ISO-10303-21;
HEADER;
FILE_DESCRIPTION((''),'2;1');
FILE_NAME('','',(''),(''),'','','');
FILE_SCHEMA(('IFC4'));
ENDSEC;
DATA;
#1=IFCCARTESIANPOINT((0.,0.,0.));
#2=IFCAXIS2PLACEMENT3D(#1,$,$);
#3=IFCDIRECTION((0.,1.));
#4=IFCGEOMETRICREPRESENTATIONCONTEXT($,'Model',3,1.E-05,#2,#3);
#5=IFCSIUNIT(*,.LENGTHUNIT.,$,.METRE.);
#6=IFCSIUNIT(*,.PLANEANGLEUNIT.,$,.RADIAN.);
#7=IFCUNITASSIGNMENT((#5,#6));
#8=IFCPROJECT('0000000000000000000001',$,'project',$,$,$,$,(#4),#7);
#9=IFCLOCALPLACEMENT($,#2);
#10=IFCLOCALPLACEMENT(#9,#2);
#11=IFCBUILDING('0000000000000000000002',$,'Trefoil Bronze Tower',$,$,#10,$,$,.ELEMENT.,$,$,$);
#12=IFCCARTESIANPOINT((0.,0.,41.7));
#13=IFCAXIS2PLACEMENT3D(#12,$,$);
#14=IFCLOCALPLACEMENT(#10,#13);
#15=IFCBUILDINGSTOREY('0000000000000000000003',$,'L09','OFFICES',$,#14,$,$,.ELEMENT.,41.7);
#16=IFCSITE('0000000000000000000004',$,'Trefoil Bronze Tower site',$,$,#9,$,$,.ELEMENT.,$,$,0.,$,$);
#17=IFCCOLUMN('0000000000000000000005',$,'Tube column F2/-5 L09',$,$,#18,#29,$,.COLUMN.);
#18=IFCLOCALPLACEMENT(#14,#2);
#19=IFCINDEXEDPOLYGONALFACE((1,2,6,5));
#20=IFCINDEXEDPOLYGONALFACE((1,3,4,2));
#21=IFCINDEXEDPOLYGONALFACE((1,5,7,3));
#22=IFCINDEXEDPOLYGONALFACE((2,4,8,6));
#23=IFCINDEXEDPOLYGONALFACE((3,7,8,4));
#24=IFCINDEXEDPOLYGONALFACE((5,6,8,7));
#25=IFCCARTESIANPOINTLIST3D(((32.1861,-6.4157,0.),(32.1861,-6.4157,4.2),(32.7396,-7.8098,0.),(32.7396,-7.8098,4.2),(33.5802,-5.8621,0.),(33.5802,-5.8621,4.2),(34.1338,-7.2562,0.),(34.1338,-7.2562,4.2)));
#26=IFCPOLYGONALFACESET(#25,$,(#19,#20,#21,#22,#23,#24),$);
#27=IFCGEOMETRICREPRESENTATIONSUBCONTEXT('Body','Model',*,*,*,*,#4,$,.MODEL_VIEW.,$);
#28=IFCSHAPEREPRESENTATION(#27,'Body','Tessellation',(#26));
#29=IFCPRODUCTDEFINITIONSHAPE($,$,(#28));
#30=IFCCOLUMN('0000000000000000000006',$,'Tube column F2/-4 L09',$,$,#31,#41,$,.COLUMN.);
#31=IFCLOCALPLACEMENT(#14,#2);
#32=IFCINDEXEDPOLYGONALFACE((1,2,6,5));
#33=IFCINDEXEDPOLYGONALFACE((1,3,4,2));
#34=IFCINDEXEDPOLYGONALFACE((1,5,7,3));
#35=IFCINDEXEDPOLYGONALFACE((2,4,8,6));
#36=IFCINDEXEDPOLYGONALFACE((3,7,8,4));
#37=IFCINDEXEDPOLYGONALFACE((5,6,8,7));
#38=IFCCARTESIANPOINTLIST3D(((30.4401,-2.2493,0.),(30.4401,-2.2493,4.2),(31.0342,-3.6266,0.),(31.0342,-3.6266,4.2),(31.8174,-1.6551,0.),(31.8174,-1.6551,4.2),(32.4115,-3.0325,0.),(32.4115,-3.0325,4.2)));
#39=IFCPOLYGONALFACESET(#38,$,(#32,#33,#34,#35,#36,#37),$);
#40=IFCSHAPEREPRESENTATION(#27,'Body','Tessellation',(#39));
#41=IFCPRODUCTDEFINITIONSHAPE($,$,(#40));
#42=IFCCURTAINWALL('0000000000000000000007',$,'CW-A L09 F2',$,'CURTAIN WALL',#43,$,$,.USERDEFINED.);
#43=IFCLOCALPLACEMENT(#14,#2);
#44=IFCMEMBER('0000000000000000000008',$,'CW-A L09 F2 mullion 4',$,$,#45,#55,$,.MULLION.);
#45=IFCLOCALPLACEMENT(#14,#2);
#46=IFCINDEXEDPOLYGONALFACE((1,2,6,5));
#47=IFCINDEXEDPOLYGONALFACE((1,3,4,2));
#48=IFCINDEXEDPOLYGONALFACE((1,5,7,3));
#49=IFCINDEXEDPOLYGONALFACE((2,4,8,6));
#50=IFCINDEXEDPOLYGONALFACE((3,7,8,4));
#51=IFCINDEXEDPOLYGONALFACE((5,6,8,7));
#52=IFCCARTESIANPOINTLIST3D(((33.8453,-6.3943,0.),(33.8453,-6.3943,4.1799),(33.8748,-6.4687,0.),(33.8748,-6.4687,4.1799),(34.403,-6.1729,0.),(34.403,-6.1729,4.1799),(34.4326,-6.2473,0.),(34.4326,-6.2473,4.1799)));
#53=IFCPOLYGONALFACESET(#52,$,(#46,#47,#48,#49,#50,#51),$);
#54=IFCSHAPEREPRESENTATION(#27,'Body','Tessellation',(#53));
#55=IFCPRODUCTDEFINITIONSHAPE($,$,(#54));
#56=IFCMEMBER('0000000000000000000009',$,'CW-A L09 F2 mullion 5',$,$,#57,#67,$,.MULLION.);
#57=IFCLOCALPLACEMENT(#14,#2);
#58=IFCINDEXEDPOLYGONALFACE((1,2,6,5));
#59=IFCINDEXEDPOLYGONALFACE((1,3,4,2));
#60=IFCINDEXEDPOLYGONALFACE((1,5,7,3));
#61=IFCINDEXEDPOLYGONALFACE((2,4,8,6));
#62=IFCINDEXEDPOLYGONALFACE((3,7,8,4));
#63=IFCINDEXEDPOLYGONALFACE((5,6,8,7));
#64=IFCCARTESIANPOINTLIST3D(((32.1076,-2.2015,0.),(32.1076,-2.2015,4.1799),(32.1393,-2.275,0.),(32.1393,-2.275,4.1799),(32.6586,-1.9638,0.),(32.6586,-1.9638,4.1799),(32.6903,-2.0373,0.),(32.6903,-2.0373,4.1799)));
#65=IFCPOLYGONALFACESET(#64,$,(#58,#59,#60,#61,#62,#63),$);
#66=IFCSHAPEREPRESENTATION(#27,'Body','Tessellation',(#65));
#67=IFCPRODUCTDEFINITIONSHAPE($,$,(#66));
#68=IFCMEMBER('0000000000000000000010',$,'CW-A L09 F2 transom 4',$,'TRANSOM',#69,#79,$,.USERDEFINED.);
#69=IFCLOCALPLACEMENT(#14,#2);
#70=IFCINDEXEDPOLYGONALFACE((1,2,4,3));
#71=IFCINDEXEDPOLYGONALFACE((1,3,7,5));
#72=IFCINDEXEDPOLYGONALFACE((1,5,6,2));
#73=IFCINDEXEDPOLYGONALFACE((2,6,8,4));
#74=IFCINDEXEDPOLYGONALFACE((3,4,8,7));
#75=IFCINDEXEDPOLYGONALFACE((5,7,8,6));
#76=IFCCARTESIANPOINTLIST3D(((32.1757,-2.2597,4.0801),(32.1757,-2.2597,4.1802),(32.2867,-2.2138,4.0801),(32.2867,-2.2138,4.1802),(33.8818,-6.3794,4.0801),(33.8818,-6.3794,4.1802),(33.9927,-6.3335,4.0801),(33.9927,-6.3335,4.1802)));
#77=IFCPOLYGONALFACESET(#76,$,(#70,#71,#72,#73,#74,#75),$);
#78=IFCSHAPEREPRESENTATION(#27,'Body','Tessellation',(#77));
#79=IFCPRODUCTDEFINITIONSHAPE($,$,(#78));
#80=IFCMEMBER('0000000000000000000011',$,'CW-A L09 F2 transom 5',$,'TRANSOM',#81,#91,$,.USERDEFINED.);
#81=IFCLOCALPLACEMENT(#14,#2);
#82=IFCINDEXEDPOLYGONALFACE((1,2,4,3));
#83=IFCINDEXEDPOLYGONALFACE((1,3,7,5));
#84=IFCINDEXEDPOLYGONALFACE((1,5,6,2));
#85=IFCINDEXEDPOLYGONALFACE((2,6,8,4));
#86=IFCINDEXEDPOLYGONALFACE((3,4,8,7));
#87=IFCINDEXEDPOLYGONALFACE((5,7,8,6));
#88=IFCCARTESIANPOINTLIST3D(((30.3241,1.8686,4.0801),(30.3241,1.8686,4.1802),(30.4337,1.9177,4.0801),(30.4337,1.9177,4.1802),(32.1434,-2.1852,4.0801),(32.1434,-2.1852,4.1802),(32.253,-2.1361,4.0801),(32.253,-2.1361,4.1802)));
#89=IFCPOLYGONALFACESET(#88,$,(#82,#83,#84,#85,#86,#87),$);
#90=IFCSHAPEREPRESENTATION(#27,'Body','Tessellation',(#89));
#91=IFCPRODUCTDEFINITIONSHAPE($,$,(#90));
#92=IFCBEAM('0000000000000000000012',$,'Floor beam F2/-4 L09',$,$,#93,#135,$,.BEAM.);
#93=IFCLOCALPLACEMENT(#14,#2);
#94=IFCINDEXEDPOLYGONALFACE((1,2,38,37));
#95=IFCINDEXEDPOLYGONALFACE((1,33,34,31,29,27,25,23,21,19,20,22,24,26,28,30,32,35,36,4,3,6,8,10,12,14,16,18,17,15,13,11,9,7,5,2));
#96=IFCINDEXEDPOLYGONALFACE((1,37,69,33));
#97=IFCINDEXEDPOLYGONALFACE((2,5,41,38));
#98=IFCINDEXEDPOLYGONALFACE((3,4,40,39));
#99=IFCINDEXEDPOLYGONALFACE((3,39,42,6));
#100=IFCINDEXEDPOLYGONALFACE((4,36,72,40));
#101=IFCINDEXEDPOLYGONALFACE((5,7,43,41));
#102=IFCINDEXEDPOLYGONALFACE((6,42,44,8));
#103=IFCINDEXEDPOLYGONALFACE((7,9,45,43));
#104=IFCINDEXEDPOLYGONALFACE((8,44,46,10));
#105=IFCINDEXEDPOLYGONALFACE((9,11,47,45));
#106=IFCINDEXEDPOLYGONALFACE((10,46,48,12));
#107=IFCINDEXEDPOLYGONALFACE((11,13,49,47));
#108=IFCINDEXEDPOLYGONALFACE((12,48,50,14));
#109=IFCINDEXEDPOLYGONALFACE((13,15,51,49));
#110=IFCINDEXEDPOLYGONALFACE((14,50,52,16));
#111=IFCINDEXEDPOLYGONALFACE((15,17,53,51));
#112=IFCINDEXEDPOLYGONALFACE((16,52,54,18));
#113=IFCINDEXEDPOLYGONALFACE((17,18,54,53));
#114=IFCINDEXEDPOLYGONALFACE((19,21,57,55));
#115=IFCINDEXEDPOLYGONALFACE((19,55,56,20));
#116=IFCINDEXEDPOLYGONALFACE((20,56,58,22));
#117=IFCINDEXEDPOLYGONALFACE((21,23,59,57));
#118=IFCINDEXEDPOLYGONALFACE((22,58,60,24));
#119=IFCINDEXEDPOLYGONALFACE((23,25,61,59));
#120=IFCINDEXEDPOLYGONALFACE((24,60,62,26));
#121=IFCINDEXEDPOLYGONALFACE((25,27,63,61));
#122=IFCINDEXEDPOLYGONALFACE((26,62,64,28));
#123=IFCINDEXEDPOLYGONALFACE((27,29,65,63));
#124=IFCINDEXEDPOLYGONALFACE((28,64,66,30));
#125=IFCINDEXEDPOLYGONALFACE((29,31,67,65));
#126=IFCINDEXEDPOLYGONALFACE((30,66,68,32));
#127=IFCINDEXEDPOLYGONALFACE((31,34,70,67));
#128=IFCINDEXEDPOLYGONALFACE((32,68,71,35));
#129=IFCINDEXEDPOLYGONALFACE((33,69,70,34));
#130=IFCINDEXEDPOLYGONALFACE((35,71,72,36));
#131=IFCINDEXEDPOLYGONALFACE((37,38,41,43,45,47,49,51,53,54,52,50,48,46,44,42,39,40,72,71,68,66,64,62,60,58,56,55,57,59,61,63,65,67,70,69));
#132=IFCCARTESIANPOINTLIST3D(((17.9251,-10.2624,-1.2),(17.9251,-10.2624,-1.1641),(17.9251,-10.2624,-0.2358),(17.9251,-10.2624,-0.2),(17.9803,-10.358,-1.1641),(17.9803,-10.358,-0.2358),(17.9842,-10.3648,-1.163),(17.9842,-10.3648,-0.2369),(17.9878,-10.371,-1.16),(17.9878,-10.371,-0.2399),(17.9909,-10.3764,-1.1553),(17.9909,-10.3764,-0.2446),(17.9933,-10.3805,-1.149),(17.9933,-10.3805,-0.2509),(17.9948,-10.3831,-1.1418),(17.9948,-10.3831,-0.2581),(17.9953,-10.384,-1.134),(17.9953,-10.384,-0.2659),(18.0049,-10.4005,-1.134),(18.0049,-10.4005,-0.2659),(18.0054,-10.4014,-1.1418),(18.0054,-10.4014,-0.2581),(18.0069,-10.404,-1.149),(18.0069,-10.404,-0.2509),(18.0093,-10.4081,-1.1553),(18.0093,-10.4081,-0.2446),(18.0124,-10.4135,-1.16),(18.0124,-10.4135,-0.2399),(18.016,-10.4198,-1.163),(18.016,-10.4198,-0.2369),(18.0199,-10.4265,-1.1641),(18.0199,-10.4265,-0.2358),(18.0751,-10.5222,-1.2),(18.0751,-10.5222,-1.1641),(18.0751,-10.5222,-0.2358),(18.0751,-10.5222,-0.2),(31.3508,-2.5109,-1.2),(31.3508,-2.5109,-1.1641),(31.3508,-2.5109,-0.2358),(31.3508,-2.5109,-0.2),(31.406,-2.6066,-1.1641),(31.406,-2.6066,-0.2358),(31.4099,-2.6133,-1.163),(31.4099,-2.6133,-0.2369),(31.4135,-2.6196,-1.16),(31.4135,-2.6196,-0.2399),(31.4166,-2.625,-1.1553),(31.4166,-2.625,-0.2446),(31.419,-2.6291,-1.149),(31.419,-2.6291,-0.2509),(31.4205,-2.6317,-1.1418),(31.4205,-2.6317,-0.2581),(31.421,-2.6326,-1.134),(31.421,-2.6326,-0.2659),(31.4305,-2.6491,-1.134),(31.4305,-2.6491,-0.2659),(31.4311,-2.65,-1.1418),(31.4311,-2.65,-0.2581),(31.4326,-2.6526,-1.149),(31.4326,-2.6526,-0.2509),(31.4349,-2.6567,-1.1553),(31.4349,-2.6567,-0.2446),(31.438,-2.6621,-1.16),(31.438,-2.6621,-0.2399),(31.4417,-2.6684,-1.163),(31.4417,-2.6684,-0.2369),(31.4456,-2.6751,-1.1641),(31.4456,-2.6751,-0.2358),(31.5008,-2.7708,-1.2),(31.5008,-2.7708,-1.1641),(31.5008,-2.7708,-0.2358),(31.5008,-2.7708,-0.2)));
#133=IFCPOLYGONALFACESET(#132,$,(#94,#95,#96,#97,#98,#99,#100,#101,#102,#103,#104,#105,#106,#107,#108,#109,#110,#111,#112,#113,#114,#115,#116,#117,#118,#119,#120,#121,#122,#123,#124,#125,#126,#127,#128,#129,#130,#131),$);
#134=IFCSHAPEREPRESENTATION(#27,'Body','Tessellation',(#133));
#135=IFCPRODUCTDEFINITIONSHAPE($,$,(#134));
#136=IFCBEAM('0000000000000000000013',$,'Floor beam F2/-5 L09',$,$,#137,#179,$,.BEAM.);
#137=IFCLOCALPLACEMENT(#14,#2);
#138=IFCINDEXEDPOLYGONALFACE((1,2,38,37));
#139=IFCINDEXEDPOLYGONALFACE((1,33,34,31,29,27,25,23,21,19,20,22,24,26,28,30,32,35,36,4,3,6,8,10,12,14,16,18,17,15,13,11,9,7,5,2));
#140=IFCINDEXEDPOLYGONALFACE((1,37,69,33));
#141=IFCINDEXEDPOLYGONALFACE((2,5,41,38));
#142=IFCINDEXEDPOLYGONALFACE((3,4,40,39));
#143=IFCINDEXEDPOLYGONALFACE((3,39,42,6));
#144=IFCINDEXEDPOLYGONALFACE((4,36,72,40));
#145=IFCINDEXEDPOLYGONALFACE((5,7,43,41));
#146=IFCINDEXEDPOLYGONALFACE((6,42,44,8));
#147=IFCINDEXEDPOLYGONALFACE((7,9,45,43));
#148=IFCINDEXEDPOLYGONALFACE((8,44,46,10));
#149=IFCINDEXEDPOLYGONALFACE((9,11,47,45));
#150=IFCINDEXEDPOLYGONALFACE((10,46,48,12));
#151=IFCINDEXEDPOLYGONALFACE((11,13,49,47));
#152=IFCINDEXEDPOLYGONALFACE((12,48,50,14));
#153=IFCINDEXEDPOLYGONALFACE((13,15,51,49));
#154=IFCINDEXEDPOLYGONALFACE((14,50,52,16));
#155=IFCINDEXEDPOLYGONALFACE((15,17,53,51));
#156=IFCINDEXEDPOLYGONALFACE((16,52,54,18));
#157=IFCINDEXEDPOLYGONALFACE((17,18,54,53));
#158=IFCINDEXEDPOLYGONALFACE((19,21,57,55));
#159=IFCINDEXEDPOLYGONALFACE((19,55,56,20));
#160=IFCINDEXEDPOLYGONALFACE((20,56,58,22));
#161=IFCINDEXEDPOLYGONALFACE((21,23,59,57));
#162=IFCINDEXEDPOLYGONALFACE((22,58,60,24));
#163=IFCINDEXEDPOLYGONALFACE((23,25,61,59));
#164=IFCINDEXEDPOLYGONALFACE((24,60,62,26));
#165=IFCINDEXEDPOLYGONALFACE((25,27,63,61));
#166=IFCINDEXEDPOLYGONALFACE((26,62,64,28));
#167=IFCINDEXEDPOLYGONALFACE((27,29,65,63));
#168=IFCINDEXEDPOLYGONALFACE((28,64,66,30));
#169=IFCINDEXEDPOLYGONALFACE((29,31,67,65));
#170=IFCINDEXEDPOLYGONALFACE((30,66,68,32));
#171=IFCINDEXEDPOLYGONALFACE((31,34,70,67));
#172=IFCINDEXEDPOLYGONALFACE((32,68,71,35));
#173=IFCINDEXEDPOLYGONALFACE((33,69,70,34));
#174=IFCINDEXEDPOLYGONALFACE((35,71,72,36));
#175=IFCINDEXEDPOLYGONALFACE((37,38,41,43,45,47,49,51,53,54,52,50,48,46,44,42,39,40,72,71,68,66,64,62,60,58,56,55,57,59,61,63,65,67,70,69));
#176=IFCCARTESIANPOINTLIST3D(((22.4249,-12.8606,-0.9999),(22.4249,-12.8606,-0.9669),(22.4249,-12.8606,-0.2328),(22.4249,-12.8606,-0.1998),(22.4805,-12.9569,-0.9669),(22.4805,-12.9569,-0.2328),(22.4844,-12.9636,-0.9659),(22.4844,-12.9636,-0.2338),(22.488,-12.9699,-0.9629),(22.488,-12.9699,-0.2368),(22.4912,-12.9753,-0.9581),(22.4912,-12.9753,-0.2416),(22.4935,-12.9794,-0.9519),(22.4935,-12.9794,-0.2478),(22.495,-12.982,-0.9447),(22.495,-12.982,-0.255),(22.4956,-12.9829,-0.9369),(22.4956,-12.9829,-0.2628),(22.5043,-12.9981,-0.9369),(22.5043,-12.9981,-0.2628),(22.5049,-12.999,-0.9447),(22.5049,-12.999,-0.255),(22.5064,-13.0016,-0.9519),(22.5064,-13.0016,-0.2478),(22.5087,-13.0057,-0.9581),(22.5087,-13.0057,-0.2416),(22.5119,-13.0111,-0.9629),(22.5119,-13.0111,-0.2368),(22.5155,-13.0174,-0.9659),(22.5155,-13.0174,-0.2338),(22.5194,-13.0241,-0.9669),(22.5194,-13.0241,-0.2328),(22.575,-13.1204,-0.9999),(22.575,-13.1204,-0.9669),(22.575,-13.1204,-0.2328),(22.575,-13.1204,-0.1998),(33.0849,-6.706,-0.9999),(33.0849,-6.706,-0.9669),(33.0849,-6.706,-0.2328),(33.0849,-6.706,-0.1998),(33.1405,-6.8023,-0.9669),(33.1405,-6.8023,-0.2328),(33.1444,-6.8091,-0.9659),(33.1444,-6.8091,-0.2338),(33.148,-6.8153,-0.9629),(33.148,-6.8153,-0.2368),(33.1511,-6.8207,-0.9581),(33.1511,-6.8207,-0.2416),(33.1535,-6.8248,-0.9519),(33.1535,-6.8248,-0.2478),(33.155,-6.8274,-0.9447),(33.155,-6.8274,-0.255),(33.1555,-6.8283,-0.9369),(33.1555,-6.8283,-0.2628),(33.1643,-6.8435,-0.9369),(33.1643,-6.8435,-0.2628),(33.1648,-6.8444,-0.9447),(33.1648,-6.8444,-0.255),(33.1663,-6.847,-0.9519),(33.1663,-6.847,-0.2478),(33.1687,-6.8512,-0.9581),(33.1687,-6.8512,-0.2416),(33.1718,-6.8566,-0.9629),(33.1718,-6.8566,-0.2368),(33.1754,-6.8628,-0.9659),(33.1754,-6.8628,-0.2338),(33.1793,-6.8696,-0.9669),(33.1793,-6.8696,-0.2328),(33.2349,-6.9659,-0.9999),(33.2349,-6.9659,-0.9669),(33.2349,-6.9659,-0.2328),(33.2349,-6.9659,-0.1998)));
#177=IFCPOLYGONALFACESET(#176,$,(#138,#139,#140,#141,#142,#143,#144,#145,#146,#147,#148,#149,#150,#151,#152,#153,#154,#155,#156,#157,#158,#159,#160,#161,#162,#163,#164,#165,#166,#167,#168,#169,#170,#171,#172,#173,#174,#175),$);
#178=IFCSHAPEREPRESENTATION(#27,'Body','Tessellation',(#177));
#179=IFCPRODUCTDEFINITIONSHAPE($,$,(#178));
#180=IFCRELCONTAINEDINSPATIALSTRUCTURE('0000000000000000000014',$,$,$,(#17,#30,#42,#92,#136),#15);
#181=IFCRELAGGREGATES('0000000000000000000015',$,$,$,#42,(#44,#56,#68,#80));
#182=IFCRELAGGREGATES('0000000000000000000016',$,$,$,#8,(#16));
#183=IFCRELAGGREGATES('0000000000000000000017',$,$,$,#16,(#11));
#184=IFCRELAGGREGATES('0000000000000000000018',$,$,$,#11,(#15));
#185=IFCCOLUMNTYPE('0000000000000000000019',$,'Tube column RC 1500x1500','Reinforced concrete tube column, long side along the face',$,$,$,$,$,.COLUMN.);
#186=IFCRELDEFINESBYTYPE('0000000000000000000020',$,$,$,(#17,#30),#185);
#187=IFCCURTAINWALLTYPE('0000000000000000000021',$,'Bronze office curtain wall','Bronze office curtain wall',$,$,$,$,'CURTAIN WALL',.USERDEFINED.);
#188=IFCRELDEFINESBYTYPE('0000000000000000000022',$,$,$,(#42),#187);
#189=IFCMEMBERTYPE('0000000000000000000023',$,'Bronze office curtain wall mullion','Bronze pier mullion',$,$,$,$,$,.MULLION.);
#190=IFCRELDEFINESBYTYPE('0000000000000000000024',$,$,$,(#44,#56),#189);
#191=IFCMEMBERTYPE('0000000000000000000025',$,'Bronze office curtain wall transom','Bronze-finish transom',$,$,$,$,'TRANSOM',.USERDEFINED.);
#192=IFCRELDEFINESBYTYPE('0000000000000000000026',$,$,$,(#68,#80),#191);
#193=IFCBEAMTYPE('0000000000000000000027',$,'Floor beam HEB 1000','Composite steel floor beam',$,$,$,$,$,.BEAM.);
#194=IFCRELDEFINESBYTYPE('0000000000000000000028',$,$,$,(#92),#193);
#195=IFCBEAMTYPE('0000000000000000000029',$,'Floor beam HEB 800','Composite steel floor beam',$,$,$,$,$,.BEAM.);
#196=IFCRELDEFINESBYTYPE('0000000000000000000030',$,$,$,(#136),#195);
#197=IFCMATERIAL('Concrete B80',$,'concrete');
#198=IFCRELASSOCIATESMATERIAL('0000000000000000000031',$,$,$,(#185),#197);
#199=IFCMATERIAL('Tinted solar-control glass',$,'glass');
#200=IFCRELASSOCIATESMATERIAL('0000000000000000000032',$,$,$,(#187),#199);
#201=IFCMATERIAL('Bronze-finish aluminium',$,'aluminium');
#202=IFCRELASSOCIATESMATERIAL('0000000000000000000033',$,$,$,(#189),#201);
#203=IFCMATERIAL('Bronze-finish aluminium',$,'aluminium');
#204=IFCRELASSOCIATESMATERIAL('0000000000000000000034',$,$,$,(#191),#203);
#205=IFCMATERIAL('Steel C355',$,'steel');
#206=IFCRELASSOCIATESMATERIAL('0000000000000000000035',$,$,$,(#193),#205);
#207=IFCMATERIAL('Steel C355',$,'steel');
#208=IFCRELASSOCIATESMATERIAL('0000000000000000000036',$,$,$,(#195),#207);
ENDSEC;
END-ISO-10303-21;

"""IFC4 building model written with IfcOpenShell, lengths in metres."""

from ifc_helpers import new_model, si_unit, direction, frame, origin, origin_2d, place, context, subcontext, project, spatial, rectangle, i_section, extrude, material, material_profile, profile_set, type_object, element, aggregate, save


model = new_model("IFC4")

# Units and contexts
model_context = context("Model", 3, precision=1e-05, world=origin(), true_north=direction((0.0, 1.0)))
body_context = subcontext(model_context, "Body", "Model", "MODEL_VIEW")
ifc_project = project(units=[si_unit("LENGTHUNIT", "METRE"), si_unit("PLANEANGLEUNIT", "RADIAN")], contexts=[model_context])

# Site, building, storey
site_placement = place(None, origin())
site = spatial("IfcSite", under=ifc_project, at=site_placement, Name="Trefoil Bronze Tower site", CompositionType="ELEMENT", RefElevation=0.0)
building_placement = place(site_placement, origin())
building = spatial("IfcBuilding", under=site, at=building_placement, Name="Trefoil Bronze Tower", CompositionType="ELEMENT")
storey_placement = place(building_placement, frame((0.0, 0.0, 41.7)))
storey = spatial("IfcBuildingStorey", under=building, at=storey_placement, Name="L09", Description="OFFICES", CompositionType="ELEMENT", Elevation=41.7)

# Columns
ifc_material_1 = material(Name="Concrete B80", Category="concrete")
ifc_material_profile_1 = material_profile(ifc_material_1, rectangle(XDim=1.5, YDim=1.5, at=origin_2d()), Name="RC 1500x1500")
ifc_profile_set_1 = profile_set([ifc_material_profile_1], Name="Concrete B80")
column_type = type_object("IfcColumnType", Name="Tube column RC 1500x1500", Description="Reinforced concrete tube column, long side along the face", PredefinedType="COLUMN", material=ifc_profile_set_1)
for number, where, z_axis, x_axis, name in (
    (1, (33.1599, -6.8359, 0.0), (0.0, 0.0, 1.0), (-0.36904, 0.929414, 0.0), "Tube column F2/-5 L09"),
    (2, (31.4258, -2.6409, 0.0), (0.0, 0.0, 1.0), (-0.396085, 0.918214, 0.0), "Tube column F2/-4 L09"),
):
    element("IfcColumn", number, at=place(storey_placement, frame(where, z_axis=z_axis, x_axis=x_axis)), inside=storey, type_object=column_type, Name=name, PredefinedType="COLUMN", context=body_context, shape_type="SweptSolid", body=[
        extrude(rectangle(XDim=1.5, YDim=1.5, at=origin_2d()), origin(), (0.0, 0.0, 1.0), 4.2),
    ])

# Curtain wall, members
ifc_material_2 = material(Name="Tinted solar-control glass", Category="glass")
curtain_wall_type = type_object("IfcCurtainWallType", Name="Bronze office curtain wall", Description="Bronze office curtain wall", ElementType="CURTAIN WALL", PredefinedType="USERDEFINED", material=ifc_material_2)
curtain_wall_placement = place(storey_placement, origin())
curtain_wall = element("IfcCurtainWall", 3, at=curtain_wall_placement, inside=storey, type_object=curtain_wall_type, Name="CW-A L09 F2", ObjectType="CURTAIN WALL", PredefinedType="USERDEFINED")
ifc_material_3 = material(Name="Bronze-finish aluminium", Category="aluminium")
ifc_material_profile_2 = material_profile(ifc_material_3, rectangle(XDim=0.6001, YDim=0.0801, at=origin_2d()), Name="CW-A mullion")
ifc_profile_set_2 = profile_set([ifc_material_profile_2], Name="Bronze-finish aluminium")
member_type_1 = type_object("IfcMemberType", Name="Bronze office curtain wall mullion", Description="Bronze pier mullion", PredefinedType="MULLION", material=ifc_profile_set_2)
member_1_placement = place(storey_placement, frame((34.1389, -6.3208, 0.0), z_axis=(0.0, 0.0, 1.0), x_axis=(-0.929414, -0.36904, 0.0)))
member_1 = element("IfcMember", 4, at=member_1_placement, type_object=member_type_1, Name="CW-A L09 F2 mullion 4", PredefinedType="MULLION", context=body_context, shape_type="SweptSolid", body=[
    extrude(rectangle(XDim=0.6001, YDim=0.0801, at=origin_2d()), origin(), (0.0, 0.0, 1.0), 4.1799),
])
member_2_placement = place(storey_placement, frame((32.3989, -2.1194, 0.0), z_axis=(0.0, 0.0, 1.0), x_axis=(-0.918214, -0.396085, 0.0)))
member_2 = element("IfcMember", 5, at=member_2_placement, type_object=member_type_1, Name="CW-A L09 F2 mullion 5", PredefinedType="MULLION", context=body_context, shape_type="SweptSolid", body=[
    extrude(rectangle(XDim=0.6001, YDim=0.0801, at=origin_2d()), origin(), (0.0, 0.0, 1.0), 4.1799),
])
ifc_material_4 = material(Name="Bronze-finish aluminium", Category="aluminium")
ifc_material_profile_3 = material_profile(ifc_material_4, rectangle(XDim=0.1201, YDim=0.1001, at=origin_2d()), Name="CW-A transom")
ifc_profile_set_3 = profile_set([ifc_material_profile_3], Name="Bronze-finish aluminium")
member_type_2 = type_object("IfcMemberType", Name="Bronze office curtain wall transom", Description="Bronze-finish transom", ElementType="TRANSOM", PredefinedType="USERDEFINED", material=ifc_profile_set_3)
member_3_placement = place(storey_placement, frame((33.9373, -6.3564, 4.1301), z_axis=(-0.382616, 0.923907, 0.0), x_axis=(-0.923907, -0.382616, 0.0)))
member_3 = element("IfcMember", 6, at=member_3_placement, type_object=member_type_2, Name="CW-A L09 F2 transom 4", ObjectType="TRANSOM", PredefinedType="USERDEFINED", context=body_context, shape_type="SweptSolid", body=[
    extrude(rectangle(XDim=0.1201, YDim=0.1001, at=origin_2d()), origin(), (0.0, 0.0, 1.0), 4.459),
])
member_4_placement = place(storey_placement, frame((32.1982, -2.1606, 4.1301), z_axis=(-0.40946, 0.912328, 0.0), x_axis=(-0.912328, -0.40946, 0.0)))
member_4 = element("IfcMember", 7, at=member_4_placement, type_object=member_type_2, Name="CW-A L09 F2 transom 5", ObjectType="TRANSOM", PredefinedType="USERDEFINED", context=body_context, shape_type="SweptSolid", body=[
    extrude(rectangle(XDim=0.1201, YDim=0.1001, at=origin_2d()), origin(), (0.0, 0.0, 1.0), 4.4434),
])

# Beams
ifc_material_5 = material(Name="Steel C355", Category="steel")
ifc_material_profile_4 = material_profile(ifc_material_5, i_section(OverallWidth=0.3, OverallDepth=1.0, WebThickness=0.019, FlangeThickness=0.0359, FilletRadius=0.03, at=origin_2d()), Name="HEB 1000")
ifc_profile_set_4 = profile_set([ifc_material_profile_4], Name="Steel C355")
beam_type_1 = type_object("IfcBeamType", Name="Floor beam HEB 1000", Description="Composite steel floor beam", PredefinedType="BEAM", material=ifc_profile_set_4)
beam_1_placement = place(storey_placement, frame((31.4258, -2.6409, -0.7), z_axis=(-0.866023, -0.500004, 0.0), x_axis=(0.500004, -0.866023, 0.0)))
element("IfcBeam", 8, at=beam_1_placement, inside=storey, type_object=beam_type_1, Name="Floor beam F2/-4 L09", PredefinedType="BEAM", context=body_context, shape_type="SweptSolid", body=[
    extrude(i_section(OverallWidth=0.3, OverallDepth=1.0, WebThickness=0.019, FlangeThickness=0.0359, FilletRadius=0.03, at=origin_2d()), origin(), (0.0, 0.0, 1.0), 15.5027),
])
ifc_material_6 = material(Name="Steel C355", Category="steel")
ifc_material_profile_5 = material_profile(ifc_material_6, i_section(OverallWidth=0.3, OverallDepth=0.8, WebThickness=0.0176, FlangeThickness=0.033, FilletRadius=0.03, at=origin_2d()), Name="HEB 800")
ifc_profile_set_5 = profile_set([ifc_material_profile_5], Name="Steel C355")
beam_type_2 = type_object("IfcBeamType", Name="Floor beam HEB 800", Description="Composite steel floor beam", PredefinedType="BEAM", material=ifc_profile_set_5)
beam_2_placement = place(storey_placement, frame((33.1599, -6.8359, -0.5999), z_axis=(-0.866024, -0.500002, 0.0), x_axis=(0.500002, -0.866024, 0.0)))
element("IfcBeam", 9, at=beam_2_placement, inside=storey, type_object=beam_type_2, Name="Floor beam F2/-5 L09", PredefinedType="BEAM", context=body_context, shape_type="SweptSolid", body=[
    extrude(i_section(OverallWidth=0.3, OverallDepth=0.8, WebThickness=0.0176, FlangeThickness=0.033, FilletRadius=0.03, at=origin_2d()), origin(), (0.0, 0.0, 1.0), 12.3091),
])

aggregate(curtain_wall, [member_1, member_2, member_3, member_4])

save(model, "model.ifc")
